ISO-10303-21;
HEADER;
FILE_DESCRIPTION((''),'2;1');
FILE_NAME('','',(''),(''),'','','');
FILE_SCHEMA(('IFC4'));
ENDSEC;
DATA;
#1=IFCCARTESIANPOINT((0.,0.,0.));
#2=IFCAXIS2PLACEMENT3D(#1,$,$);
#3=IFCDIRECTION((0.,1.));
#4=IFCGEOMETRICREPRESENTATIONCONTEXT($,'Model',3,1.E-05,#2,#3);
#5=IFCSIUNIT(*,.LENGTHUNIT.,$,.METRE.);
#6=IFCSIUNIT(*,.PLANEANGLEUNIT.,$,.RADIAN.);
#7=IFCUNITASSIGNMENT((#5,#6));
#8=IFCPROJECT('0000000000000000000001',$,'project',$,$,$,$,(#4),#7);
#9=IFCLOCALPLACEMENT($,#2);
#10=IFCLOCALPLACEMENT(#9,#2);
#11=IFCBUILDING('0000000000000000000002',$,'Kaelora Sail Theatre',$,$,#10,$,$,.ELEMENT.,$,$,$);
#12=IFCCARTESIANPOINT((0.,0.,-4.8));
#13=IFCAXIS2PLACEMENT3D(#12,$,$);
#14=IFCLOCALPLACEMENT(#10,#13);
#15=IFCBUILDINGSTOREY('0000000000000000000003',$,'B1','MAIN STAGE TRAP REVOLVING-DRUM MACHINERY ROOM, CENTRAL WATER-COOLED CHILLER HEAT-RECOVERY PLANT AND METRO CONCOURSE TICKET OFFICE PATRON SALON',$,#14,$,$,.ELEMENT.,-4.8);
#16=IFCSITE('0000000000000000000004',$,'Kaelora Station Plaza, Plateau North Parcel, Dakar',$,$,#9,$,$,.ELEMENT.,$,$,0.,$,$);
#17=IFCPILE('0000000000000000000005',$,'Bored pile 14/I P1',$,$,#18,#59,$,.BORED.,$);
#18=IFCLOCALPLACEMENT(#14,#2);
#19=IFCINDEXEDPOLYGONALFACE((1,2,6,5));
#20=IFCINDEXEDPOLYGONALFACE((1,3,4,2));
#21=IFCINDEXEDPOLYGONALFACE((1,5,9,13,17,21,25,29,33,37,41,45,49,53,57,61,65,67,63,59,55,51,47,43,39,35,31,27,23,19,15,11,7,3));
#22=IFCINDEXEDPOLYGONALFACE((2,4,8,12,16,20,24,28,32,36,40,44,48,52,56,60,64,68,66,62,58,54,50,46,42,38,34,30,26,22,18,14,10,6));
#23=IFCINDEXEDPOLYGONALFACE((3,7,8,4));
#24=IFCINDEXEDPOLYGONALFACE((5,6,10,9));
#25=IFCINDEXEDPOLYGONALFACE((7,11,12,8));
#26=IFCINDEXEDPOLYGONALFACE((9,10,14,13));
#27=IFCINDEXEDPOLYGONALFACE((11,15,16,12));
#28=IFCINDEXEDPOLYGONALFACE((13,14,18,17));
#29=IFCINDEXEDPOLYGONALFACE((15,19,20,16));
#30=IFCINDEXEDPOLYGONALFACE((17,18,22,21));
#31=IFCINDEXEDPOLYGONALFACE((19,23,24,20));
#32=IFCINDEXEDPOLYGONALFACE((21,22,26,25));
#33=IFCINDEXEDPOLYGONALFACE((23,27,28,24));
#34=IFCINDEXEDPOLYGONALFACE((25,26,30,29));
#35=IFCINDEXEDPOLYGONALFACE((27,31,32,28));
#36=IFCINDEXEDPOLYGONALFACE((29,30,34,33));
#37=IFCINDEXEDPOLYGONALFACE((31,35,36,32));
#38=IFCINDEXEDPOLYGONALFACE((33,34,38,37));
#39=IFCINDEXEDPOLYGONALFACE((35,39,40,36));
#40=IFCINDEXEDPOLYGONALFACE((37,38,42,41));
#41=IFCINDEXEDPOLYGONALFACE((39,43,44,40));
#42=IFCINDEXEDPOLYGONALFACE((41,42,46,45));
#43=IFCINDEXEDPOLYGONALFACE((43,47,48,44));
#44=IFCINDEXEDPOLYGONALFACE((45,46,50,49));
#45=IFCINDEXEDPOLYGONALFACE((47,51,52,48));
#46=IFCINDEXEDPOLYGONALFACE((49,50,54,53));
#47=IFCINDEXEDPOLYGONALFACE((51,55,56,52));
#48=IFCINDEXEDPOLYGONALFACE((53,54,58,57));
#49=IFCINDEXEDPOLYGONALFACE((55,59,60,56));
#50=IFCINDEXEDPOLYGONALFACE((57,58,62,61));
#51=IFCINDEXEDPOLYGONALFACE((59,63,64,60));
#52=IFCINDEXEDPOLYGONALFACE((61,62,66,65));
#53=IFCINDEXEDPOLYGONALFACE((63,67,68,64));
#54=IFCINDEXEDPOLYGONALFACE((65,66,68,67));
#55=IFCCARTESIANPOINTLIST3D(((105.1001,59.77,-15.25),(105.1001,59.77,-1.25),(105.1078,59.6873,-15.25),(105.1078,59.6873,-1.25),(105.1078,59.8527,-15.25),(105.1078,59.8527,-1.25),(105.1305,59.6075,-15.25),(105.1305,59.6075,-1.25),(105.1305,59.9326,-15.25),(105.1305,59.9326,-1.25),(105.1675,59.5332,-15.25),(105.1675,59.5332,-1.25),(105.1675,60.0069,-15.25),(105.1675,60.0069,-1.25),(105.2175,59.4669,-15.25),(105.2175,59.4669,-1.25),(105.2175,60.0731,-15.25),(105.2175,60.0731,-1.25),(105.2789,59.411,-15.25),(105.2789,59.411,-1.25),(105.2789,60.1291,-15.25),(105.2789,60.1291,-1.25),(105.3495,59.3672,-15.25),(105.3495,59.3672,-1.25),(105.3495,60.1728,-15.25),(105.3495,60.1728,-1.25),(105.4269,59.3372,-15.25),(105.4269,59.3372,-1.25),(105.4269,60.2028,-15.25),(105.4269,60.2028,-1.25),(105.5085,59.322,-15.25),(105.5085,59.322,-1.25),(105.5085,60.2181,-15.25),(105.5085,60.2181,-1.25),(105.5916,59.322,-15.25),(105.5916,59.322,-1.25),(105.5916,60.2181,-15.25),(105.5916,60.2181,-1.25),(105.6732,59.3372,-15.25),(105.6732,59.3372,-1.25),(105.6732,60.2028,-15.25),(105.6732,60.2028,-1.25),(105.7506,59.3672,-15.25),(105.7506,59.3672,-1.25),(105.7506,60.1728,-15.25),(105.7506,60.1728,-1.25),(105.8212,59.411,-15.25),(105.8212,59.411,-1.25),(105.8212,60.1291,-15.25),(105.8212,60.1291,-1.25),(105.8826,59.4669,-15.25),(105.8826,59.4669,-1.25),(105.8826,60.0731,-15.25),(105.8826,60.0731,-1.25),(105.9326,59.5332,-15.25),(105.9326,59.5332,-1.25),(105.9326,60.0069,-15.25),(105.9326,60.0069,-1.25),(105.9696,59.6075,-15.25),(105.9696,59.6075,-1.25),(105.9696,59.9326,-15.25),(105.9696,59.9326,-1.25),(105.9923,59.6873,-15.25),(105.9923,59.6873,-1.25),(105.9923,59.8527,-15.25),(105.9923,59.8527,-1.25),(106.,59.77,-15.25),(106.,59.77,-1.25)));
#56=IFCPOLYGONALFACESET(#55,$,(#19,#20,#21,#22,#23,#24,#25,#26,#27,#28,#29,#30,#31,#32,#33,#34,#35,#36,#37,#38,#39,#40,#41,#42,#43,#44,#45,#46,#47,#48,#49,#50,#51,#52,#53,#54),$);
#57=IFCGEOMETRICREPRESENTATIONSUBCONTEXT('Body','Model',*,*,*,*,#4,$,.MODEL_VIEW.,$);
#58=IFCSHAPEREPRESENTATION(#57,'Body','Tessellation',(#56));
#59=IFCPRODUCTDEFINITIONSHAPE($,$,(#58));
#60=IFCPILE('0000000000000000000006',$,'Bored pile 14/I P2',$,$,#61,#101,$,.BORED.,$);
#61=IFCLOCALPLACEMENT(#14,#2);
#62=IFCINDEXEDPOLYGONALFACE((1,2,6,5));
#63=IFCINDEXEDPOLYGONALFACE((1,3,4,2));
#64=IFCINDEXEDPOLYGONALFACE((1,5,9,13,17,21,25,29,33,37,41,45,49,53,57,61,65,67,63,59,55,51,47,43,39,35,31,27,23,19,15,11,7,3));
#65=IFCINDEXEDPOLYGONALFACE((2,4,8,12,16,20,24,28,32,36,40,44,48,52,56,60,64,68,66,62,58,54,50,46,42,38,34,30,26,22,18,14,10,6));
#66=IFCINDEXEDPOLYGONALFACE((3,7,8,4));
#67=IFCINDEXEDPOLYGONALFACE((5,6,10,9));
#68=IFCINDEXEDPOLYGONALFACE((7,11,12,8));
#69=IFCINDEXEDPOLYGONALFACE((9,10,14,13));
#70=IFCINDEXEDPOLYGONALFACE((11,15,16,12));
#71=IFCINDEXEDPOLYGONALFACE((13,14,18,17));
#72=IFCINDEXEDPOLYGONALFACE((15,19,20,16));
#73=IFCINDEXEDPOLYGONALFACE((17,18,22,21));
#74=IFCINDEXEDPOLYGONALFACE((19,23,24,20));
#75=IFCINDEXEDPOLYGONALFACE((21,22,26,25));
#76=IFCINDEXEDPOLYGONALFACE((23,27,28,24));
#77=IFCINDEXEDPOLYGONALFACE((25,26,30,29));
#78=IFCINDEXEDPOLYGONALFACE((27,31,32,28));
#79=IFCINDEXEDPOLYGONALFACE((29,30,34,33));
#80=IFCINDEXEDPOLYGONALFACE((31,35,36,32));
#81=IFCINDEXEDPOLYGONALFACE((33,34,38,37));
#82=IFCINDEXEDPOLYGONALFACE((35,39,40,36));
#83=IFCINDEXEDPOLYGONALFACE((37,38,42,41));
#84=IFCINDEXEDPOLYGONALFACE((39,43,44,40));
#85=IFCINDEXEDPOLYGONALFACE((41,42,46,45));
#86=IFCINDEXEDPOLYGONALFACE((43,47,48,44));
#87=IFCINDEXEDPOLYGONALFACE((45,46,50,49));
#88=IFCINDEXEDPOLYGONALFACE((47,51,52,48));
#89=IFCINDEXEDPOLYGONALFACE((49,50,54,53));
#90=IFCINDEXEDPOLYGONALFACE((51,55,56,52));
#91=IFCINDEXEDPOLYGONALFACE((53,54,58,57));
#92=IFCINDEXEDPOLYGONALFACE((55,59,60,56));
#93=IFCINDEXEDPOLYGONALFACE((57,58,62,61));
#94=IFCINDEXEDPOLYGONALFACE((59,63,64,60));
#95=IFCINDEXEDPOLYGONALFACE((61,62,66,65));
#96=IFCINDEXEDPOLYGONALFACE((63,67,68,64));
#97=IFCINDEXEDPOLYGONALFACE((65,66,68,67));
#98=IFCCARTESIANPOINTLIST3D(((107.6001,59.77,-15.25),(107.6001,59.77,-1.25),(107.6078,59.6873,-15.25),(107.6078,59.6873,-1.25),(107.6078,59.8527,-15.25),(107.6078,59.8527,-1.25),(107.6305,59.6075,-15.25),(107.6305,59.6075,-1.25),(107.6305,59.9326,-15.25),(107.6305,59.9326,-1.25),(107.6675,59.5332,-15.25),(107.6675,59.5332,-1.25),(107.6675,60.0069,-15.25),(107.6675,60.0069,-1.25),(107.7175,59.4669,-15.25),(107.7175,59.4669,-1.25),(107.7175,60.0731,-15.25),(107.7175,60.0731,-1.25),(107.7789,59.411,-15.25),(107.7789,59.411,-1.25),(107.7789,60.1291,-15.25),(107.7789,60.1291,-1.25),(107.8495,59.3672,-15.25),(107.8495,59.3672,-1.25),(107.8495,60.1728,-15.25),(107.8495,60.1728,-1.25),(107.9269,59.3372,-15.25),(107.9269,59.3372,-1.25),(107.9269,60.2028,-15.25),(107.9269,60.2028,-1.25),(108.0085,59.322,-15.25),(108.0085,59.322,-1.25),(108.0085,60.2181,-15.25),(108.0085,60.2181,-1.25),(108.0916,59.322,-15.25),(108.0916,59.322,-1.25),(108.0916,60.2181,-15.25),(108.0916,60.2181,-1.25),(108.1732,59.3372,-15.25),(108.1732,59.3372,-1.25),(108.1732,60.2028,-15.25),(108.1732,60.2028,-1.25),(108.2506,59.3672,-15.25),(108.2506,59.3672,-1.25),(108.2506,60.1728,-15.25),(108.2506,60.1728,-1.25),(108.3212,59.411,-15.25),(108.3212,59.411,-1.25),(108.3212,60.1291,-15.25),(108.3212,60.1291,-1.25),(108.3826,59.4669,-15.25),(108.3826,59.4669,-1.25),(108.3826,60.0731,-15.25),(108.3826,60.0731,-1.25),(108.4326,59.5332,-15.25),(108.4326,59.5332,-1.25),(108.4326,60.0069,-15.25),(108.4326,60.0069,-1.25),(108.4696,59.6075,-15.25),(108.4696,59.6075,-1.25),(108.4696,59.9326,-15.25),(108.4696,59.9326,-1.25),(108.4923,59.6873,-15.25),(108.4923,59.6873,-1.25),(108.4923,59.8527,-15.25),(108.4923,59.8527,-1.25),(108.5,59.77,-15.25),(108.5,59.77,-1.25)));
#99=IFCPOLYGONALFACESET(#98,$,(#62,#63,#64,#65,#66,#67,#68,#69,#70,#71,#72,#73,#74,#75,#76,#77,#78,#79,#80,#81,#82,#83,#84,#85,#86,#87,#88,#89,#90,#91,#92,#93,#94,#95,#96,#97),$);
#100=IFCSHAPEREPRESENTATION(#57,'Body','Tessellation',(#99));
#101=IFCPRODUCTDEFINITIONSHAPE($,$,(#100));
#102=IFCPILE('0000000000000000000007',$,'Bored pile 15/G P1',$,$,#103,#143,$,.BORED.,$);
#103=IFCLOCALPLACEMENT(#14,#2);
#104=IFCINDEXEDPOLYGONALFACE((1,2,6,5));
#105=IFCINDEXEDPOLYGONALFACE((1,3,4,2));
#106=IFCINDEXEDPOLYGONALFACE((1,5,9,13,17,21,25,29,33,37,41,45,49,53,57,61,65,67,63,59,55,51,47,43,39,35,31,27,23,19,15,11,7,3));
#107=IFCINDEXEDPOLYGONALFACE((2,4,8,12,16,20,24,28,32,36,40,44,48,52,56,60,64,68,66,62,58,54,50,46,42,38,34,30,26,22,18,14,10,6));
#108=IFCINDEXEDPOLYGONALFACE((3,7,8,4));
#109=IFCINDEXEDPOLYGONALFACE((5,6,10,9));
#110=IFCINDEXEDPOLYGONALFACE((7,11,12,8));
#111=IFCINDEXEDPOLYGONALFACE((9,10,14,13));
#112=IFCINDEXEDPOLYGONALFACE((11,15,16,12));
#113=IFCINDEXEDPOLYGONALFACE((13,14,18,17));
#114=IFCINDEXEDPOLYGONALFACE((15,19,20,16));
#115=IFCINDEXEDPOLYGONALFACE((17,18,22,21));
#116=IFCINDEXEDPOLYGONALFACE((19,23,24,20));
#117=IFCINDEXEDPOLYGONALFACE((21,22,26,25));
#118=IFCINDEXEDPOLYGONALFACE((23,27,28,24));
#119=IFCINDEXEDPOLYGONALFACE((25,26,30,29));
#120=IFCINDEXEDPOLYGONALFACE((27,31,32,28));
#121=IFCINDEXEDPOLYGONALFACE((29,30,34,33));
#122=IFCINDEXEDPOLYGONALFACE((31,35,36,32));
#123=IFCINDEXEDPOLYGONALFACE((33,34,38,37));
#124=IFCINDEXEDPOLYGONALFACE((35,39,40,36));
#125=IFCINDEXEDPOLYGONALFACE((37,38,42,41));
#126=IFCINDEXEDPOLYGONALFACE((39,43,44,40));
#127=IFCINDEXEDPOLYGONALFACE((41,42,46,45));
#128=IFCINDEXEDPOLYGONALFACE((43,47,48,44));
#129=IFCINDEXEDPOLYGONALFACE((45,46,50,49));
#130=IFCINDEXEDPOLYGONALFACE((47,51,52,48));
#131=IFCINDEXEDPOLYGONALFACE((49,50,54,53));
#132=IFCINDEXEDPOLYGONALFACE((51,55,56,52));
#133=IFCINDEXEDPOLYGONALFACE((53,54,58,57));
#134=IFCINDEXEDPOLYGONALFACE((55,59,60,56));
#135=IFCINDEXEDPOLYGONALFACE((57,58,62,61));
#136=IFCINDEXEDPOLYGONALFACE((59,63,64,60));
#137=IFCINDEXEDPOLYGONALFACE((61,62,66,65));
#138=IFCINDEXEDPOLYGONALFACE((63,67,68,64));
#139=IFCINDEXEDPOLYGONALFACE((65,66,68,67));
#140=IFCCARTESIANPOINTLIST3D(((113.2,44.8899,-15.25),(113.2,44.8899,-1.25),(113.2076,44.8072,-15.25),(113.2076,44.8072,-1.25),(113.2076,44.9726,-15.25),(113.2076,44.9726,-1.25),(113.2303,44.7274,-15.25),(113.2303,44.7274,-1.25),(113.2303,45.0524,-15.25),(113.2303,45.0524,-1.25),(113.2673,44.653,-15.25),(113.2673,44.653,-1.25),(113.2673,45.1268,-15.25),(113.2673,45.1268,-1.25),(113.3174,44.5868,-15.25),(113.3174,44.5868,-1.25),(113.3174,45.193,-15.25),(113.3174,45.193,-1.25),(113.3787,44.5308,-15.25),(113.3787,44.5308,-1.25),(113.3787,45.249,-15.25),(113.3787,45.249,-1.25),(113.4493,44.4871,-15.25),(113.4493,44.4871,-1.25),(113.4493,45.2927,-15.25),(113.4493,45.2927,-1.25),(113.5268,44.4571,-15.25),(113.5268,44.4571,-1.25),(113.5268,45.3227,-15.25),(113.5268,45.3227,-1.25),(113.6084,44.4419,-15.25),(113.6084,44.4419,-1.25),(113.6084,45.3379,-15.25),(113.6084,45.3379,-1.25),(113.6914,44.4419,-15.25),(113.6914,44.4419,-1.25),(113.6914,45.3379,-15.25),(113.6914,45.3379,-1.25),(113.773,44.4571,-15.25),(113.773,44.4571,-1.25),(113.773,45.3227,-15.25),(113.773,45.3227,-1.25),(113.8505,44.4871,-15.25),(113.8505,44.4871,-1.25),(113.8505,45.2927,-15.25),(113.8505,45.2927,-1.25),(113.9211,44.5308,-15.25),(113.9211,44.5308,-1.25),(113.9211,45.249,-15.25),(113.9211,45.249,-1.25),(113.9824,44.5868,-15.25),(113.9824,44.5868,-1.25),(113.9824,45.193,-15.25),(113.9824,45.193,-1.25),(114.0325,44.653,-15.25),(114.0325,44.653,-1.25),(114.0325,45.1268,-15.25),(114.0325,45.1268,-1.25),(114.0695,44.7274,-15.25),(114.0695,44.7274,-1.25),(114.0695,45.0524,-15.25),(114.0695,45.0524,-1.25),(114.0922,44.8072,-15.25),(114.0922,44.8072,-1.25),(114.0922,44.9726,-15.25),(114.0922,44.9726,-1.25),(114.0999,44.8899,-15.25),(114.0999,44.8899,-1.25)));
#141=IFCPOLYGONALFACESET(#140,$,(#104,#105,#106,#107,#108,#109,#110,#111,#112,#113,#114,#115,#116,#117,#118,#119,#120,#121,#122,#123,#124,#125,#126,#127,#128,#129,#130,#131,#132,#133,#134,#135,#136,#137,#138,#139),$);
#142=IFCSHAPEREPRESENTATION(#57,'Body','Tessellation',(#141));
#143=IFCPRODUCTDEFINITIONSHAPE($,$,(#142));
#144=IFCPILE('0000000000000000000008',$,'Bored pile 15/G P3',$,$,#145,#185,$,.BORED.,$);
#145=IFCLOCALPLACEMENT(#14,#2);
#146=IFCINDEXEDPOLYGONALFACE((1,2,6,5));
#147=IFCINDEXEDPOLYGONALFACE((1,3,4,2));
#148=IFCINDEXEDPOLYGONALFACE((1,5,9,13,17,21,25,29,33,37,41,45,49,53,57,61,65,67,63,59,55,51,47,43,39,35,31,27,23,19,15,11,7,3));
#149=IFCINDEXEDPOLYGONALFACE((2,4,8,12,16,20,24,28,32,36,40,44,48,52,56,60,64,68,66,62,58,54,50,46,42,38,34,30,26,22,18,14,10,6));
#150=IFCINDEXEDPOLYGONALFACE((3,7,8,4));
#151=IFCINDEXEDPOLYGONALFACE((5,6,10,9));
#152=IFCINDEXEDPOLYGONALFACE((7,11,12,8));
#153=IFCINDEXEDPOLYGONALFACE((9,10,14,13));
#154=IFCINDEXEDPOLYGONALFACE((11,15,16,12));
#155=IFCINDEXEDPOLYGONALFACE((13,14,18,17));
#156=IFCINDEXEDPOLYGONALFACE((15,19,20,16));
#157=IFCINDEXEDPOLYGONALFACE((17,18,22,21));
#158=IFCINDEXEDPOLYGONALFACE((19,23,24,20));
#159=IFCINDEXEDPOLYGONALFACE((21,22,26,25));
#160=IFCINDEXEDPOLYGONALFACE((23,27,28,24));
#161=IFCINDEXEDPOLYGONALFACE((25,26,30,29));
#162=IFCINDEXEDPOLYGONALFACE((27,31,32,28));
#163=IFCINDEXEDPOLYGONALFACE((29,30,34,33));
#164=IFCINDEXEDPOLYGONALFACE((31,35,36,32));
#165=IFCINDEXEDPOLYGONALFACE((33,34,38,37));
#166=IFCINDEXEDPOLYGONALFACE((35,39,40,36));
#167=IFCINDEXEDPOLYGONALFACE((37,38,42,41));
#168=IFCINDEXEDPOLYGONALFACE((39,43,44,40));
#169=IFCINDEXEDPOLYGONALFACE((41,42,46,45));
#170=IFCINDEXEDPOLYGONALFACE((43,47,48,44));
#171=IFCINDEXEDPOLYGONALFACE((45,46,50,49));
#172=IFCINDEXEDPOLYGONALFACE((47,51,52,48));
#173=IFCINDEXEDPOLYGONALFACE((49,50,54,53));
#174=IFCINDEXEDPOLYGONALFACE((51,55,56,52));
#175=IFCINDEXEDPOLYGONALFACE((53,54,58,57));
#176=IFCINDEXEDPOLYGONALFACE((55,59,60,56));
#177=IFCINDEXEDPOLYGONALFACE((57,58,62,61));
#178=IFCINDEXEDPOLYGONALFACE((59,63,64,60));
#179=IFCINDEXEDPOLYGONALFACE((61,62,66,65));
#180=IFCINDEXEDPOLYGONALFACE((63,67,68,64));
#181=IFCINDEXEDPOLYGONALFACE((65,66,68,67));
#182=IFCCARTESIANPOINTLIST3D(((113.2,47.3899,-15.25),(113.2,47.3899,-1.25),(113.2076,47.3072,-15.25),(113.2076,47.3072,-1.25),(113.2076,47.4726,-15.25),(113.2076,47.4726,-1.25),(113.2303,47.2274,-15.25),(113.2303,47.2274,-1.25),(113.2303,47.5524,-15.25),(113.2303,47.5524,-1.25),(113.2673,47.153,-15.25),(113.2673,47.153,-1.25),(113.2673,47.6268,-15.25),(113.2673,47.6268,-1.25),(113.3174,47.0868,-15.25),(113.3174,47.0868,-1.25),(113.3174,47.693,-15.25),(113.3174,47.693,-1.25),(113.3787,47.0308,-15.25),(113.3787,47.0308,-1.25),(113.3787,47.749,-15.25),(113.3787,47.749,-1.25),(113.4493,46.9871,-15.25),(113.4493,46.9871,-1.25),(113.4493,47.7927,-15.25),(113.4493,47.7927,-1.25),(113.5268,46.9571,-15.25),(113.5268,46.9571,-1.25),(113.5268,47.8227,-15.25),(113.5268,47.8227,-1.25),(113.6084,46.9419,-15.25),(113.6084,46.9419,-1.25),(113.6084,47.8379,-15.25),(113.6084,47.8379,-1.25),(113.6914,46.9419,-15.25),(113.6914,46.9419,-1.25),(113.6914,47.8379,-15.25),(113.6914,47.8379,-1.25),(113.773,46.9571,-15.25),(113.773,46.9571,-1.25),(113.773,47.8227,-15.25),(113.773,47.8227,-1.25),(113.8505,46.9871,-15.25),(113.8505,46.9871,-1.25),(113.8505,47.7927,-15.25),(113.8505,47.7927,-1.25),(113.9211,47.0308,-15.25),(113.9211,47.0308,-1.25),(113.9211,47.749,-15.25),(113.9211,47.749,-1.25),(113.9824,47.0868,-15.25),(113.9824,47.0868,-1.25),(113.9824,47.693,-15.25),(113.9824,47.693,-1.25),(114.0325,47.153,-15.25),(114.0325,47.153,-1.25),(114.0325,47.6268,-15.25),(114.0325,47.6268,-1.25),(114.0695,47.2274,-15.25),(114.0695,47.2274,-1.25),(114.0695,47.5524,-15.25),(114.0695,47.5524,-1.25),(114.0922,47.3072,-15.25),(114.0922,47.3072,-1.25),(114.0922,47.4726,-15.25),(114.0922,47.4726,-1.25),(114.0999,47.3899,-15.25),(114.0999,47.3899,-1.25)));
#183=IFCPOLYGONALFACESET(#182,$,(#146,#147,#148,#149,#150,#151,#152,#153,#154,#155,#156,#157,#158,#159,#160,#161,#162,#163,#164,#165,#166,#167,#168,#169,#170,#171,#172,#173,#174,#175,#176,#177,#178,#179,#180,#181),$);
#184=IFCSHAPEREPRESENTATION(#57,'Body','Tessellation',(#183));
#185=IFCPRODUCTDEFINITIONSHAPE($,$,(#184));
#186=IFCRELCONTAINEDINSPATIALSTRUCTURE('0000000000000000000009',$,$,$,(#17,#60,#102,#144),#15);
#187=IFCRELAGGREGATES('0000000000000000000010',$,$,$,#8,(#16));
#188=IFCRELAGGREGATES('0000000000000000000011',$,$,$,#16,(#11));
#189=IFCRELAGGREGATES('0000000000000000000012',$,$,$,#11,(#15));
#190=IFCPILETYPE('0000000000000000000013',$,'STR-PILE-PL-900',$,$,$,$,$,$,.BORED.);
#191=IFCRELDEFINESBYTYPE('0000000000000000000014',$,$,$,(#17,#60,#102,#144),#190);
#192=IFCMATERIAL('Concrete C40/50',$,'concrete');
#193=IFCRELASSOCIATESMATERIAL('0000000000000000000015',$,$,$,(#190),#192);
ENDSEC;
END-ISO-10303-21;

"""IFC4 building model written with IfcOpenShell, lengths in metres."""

from ifc_helpers import new_model, si_unit, direction, frame, origin, origin_2d, place, context, subcontext, project, spatial, circle, extrude, material, material_profile, profile_set, type_object, element, save


model = new_model("IFC4")

# Units and contexts
model_context = context("Model", 3, precision=1e-05, world=origin(), true_north=direction((0.0, 1.0)))
body_context = subcontext(model_context, "Body", "Model", "MODEL_VIEW")
ifc_project = project(units=[si_unit("LENGTHUNIT", "METRE"), si_unit("PLANEANGLEUNIT", "RADIAN")], contexts=[model_context])

# Site, building, storey
site_placement = place(None, origin())
site = spatial("IfcSite", under=ifc_project, at=site_placement, Name="Kaelora Station Plaza, Plateau North Parcel, Dakar", CompositionType="ELEMENT", RefElevation=0.0)
building_placement = place(site_placement, origin())
building = spatial("IfcBuilding", under=site, at=building_placement, Name="Kaelora Sail Theatre", CompositionType="ELEMENT")
storey_placement = place(building_placement, frame((0.0, 0.0, -4.8)))
storey = spatial("IfcBuildingStorey", under=building, at=storey_placement, Name="B1", Description="MAIN STAGE TRAP REVOLVING-DRUM MACHINERY ROOM, CENTRAL WATER-COOLED CHILLER HEAT-RECOVERY PLANT AND METRO CONCOURSE TICKET OFFICE PATRON SALON", CompositionType="ELEMENT", Elevation=-4.8)

# Piles
ifc_material_1 = material(Name="Concrete C40/50", Category="concrete")
ifc_material_profile_1 = material_profile(ifc_material_1, circle(Radius=0.45, at=origin_2d()), Name="PILE D900")
ifc_profile_set_1 = profile_set([ifc_material_profile_1], Name="Concrete C40/50")
pile_type_1 = type_object("IfcPileType", Name="STR-PILE-PL-900", PredefinedType="BORED", material=ifc_profile_set_1)
for number, where, z_axis, x_axis, name in (
    (1, (105.55, 59.77, -1.25), (0.0, 0.0, -1.0), (1.0, 0.0, 0.0), "Bored pile 14/I P1"),
    (2, (108.05, 59.77, -1.25), (0.0, 0.0, -1.0), (1.0, 0.0, 0.0), "Bored pile 14/I P2"),
    (3, (113.6499, 44.8899, -1.25), (0.0, 0.0, -1.0), (1.0, 0.0, 0.0), "Bored pile 15/G P1"),
    (4, (113.6499, 47.3899, -1.25), (0.0, 0.0, -1.0), (1.0, 0.0, 0.0), "Bored pile 15/G P3"),
):
    element("IfcPile", number, at=place(storey_placement, frame(where, z_axis=z_axis, x_axis=x_axis)), inside=storey, type_object=pile_type_1, Name=name, PredefinedType="BORED", context=body_context, shape_type="SweptSolid", body=[
        extrude(circle(Radius=0.45, at=origin_2d()), origin(), (0.0, 0.0, 1.0), 14.0),
    ])

save(model, "model.ifc")
